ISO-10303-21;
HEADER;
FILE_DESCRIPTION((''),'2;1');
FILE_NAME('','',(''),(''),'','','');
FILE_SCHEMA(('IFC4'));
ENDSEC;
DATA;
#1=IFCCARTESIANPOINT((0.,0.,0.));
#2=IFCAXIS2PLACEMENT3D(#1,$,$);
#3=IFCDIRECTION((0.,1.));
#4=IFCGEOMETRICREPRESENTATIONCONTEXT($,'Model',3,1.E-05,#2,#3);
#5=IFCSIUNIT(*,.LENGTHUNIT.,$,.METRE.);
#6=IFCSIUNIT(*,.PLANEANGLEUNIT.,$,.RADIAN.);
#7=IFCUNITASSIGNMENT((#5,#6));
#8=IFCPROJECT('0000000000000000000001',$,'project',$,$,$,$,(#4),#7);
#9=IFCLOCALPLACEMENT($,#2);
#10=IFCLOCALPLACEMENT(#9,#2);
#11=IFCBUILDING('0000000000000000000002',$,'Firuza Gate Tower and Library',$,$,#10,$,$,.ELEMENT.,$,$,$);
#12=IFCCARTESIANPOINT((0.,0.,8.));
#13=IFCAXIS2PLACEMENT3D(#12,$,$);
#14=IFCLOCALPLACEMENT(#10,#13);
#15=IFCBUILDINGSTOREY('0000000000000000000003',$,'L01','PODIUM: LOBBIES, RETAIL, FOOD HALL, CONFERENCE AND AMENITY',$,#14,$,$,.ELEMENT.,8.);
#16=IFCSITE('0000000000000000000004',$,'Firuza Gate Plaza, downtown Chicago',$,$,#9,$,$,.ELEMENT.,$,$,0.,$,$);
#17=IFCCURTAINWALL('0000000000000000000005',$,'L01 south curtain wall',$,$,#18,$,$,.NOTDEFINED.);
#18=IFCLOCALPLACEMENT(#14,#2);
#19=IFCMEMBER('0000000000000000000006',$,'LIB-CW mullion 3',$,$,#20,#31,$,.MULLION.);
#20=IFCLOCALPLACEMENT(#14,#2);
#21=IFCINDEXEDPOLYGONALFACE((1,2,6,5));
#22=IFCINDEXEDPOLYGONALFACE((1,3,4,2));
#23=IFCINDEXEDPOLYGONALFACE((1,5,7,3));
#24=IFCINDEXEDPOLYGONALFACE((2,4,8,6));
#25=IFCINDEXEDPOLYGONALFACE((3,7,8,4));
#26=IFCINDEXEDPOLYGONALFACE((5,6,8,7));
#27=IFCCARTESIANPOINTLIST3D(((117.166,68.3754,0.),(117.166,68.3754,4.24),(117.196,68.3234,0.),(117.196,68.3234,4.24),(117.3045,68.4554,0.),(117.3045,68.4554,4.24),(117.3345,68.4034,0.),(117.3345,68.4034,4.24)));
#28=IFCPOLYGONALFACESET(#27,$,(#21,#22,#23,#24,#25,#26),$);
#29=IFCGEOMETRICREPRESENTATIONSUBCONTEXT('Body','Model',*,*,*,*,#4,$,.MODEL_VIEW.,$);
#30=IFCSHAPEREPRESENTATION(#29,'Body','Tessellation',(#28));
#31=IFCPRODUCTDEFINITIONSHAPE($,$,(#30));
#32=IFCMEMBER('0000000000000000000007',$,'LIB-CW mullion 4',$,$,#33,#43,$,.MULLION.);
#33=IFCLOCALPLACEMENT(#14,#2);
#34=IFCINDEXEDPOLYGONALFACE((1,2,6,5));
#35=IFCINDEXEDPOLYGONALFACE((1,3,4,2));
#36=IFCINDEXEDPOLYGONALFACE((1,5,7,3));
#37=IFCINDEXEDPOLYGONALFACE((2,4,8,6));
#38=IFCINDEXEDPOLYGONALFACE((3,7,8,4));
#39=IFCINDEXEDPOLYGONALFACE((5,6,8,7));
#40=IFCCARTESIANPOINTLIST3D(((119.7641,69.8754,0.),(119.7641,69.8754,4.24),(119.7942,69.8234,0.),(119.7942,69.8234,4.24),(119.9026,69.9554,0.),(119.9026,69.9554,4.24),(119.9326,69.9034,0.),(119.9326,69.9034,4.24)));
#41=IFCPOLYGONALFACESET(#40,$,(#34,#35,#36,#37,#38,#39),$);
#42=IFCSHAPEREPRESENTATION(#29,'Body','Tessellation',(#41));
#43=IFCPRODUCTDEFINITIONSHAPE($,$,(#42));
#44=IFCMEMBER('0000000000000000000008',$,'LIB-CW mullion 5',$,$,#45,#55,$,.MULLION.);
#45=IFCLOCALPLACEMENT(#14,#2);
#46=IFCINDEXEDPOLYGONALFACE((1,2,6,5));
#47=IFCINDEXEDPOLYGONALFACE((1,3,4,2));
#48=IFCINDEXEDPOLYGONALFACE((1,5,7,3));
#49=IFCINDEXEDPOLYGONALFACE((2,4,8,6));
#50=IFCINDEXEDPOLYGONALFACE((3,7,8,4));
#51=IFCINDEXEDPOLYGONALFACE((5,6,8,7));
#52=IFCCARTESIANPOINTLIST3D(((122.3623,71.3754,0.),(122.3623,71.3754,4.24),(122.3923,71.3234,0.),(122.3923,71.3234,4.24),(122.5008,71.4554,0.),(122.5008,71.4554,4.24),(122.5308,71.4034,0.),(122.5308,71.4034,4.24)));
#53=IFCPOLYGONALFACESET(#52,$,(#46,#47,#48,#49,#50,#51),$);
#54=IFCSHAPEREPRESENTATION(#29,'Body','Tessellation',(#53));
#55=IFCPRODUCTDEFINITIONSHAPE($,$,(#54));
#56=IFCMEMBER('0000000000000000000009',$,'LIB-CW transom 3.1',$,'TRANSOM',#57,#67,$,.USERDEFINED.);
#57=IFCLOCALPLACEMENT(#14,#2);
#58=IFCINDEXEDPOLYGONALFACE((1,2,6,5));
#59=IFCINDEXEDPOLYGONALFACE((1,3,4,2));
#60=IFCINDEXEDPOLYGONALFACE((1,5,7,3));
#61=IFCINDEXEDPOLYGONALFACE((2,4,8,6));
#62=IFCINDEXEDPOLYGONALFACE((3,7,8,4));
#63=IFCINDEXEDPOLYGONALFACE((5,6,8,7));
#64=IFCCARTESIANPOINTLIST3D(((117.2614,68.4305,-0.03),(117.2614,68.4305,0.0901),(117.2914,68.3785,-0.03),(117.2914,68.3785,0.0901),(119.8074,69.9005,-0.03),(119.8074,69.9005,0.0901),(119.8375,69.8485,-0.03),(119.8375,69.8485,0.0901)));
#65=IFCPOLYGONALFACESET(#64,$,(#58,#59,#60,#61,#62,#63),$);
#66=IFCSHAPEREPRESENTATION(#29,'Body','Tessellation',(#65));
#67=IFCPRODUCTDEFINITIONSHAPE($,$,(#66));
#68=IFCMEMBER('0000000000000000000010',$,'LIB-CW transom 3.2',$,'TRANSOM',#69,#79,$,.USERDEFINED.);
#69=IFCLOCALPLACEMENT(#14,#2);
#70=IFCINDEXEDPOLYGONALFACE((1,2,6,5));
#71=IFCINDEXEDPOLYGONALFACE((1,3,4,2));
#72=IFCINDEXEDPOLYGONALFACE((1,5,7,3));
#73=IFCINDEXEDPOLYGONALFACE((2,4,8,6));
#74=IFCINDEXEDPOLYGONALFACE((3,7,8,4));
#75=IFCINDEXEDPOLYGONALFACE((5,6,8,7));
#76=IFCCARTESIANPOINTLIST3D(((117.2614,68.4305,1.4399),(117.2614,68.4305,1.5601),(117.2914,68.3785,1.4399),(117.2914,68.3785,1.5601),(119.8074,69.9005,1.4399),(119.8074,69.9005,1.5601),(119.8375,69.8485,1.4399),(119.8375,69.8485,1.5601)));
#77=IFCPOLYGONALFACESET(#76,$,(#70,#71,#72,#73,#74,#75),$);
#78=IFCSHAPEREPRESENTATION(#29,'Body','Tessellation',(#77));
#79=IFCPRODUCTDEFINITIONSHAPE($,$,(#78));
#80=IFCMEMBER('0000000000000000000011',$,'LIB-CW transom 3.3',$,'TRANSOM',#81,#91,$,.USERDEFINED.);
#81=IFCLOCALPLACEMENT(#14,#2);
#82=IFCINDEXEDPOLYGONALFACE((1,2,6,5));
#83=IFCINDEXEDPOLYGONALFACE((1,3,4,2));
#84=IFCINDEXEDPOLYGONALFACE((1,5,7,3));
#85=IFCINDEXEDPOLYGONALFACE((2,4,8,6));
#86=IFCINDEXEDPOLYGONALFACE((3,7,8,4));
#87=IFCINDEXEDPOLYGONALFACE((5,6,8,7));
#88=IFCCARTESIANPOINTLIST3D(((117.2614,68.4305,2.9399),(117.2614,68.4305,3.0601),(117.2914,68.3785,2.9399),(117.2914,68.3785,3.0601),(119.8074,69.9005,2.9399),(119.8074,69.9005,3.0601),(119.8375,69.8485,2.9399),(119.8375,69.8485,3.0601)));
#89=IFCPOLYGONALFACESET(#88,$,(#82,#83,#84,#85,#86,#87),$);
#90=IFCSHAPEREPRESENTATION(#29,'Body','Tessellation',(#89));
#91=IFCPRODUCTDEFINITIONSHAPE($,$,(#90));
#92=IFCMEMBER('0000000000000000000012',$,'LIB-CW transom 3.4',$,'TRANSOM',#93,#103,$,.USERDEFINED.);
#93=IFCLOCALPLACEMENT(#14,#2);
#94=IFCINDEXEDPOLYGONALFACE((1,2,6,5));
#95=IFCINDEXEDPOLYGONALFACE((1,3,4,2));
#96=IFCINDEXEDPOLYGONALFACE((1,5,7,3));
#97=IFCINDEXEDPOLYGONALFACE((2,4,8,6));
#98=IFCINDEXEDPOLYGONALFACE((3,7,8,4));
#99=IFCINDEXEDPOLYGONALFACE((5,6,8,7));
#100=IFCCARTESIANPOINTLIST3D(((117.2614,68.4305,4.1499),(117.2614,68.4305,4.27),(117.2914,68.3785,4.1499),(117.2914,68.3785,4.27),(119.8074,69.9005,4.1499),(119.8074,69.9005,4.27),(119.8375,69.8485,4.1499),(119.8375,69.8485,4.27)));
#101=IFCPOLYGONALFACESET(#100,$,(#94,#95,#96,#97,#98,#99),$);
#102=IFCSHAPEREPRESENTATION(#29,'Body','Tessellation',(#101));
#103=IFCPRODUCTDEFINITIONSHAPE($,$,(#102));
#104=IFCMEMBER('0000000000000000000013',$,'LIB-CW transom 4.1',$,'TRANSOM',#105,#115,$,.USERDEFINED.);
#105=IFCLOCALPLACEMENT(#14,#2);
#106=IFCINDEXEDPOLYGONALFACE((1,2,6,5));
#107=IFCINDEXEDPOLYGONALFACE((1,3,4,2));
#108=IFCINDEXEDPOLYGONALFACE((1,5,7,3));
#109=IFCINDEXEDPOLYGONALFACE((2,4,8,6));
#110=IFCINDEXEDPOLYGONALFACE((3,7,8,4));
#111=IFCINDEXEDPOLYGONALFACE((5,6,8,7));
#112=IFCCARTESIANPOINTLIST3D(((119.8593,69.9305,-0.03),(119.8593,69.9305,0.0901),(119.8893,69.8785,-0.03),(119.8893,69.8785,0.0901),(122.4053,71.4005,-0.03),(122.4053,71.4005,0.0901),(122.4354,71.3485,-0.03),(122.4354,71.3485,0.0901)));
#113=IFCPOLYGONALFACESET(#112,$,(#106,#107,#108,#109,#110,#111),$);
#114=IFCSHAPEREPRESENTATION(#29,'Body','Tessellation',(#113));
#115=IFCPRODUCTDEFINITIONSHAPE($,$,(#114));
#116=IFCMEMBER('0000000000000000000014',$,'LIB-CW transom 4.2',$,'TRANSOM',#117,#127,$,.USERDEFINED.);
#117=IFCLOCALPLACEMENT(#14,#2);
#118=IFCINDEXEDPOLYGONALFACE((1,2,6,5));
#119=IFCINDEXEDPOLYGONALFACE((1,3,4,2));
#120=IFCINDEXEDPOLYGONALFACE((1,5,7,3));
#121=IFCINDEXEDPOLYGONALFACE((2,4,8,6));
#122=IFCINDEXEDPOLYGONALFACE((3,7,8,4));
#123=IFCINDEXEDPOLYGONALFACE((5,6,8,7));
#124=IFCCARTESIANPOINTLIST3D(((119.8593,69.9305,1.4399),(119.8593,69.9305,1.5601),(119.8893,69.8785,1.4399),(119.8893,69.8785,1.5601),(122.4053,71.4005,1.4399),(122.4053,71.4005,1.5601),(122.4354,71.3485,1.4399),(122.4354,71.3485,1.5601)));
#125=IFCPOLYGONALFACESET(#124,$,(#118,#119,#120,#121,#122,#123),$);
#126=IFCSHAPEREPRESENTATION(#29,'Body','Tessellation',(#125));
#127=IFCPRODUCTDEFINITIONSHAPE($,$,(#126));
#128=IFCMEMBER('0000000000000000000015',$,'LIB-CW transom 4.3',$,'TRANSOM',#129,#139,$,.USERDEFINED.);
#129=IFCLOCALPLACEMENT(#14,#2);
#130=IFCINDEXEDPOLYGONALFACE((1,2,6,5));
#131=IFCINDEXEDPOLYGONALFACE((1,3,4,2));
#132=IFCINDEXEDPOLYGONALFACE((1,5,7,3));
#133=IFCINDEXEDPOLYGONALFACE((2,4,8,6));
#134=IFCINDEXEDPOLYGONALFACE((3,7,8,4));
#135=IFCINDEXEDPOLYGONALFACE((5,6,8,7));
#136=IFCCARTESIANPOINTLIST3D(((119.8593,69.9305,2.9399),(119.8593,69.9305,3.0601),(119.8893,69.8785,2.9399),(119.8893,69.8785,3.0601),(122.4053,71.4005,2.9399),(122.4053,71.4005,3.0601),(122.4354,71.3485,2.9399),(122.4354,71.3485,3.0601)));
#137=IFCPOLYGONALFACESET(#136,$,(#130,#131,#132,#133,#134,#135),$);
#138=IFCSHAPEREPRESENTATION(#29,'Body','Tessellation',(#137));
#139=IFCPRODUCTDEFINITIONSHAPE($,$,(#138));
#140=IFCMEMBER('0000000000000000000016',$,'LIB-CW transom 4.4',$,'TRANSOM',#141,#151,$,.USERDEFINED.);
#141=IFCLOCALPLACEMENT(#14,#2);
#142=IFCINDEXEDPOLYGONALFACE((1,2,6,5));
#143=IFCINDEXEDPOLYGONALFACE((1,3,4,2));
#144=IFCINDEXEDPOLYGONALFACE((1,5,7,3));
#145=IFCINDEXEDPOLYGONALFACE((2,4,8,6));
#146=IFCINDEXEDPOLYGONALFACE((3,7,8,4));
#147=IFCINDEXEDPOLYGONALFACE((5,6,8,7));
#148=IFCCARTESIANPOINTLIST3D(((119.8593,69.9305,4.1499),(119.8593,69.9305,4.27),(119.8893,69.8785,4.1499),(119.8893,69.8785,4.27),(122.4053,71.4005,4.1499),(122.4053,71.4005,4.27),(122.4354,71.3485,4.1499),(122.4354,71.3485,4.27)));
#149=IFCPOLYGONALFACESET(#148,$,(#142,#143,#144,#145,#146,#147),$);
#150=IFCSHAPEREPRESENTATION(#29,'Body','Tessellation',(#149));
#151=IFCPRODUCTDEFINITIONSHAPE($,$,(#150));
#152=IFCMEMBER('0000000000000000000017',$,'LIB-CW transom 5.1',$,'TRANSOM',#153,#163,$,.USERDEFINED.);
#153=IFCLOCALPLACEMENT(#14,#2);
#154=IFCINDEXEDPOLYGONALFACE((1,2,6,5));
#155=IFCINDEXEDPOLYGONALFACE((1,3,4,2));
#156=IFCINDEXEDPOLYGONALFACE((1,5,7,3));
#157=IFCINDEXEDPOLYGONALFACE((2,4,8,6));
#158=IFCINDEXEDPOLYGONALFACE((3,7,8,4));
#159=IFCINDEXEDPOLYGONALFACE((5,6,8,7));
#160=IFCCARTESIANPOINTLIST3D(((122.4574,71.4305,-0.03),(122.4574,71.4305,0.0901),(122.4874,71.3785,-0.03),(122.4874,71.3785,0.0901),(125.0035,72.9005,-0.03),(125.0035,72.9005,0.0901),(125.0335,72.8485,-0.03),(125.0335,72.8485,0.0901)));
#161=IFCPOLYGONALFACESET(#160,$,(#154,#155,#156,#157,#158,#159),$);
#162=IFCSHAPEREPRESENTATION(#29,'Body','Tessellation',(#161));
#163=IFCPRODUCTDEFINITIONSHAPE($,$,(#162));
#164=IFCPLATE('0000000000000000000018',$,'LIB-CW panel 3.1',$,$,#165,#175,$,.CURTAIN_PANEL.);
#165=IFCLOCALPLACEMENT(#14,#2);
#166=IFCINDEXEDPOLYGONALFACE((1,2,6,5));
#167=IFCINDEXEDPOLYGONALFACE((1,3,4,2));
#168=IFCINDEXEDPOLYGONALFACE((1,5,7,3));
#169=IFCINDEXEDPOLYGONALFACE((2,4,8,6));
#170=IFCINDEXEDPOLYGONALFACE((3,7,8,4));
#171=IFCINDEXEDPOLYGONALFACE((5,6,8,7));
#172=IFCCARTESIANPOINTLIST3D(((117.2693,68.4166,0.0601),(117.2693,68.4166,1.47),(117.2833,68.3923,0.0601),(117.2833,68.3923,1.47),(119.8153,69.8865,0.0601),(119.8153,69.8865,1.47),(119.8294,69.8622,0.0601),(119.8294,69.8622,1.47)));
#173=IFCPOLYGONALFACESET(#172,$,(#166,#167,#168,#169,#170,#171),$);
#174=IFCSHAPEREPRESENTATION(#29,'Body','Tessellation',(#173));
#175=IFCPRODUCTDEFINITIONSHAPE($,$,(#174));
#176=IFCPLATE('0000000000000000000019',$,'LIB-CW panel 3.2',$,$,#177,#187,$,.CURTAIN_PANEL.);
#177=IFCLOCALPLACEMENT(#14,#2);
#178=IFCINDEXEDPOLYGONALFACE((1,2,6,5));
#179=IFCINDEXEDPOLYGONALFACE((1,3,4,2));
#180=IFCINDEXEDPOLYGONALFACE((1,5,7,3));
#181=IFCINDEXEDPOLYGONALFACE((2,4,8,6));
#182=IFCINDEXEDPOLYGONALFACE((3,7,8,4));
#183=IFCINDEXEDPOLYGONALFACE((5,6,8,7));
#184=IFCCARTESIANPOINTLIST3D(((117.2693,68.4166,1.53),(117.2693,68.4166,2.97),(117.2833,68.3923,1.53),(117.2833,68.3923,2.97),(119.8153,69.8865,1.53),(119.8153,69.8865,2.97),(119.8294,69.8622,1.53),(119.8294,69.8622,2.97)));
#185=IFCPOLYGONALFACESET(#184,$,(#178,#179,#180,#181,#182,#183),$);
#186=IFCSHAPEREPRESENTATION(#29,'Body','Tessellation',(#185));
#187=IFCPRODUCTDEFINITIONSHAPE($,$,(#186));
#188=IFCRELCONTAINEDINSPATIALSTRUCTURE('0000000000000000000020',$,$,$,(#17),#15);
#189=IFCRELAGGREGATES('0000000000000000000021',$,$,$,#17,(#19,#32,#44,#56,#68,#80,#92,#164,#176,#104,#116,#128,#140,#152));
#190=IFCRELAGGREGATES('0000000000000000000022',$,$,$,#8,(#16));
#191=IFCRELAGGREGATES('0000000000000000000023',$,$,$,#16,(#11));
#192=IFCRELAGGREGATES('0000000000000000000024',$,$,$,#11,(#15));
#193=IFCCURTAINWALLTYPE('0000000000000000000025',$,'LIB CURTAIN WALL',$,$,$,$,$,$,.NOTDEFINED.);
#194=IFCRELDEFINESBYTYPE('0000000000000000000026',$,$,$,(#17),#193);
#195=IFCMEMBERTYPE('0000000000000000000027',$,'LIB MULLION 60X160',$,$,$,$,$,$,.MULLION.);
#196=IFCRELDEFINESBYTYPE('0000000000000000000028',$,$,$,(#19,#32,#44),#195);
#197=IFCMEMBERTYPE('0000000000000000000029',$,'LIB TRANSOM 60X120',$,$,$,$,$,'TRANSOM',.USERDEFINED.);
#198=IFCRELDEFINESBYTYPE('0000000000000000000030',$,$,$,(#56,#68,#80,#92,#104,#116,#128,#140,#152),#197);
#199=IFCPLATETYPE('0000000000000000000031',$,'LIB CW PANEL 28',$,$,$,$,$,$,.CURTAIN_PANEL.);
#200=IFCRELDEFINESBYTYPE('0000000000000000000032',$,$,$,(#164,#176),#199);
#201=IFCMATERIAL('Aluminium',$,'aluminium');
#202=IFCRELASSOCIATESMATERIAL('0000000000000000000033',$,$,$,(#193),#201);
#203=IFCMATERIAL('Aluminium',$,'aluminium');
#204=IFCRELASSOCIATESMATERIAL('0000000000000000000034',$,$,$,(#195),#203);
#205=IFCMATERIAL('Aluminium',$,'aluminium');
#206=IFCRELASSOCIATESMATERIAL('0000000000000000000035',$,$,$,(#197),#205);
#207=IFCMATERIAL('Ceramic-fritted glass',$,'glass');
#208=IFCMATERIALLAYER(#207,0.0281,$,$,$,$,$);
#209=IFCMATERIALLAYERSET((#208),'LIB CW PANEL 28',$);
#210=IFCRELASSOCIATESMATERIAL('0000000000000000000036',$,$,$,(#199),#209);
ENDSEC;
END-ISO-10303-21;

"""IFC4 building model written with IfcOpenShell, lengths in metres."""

from ifc_helpers import new_model, si_unit, direction, frame, origin, origin_2d, place, context, subcontext, project, spatial, rectangle, extrude, material, layer, layer_set, material_profile, profile_set, type_object, element, aggregate, save


model = new_model("IFC4")

# Units and contexts
model_context = context("Model", 3, precision=1e-05, world=origin(), true_north=direction((0.0, 1.0)))
body_context = subcontext(model_context, "Body", "Model", "MODEL_VIEW")
ifc_project = project(units=[si_unit("LENGTHUNIT", "METRE"), si_unit("PLANEANGLEUNIT", "RADIAN")], contexts=[model_context])

# Site, building, storey
site_placement = place(None, origin())
site = spatial("IfcSite", under=ifc_project, at=site_placement, Name="Firuza Gate Plaza, downtown Chicago", CompositionType="ELEMENT", RefElevation=0.0)
building_placement = place(site_placement, origin())
building = spatial("IfcBuilding", under=site, at=building_placement, Name="Firuza Gate Tower and Library", CompositionType="ELEMENT")
storey_placement = place(building_placement, frame((0.0, 0.0, 8.0)))
storey = spatial("IfcBuildingStorey", under=building, at=storey_placement, Name="L01", Description="PODIUM: LOBBIES, RETAIL, FOOD HALL, CONFERENCE AND AMENITY", CompositionType="ELEMENT", Elevation=8.0)

# Curtain wall, members, plates
ifc_material_1 = material(Name="Aluminium", Category="aluminium")
curtain_wall_type = type_object("IfcCurtainWallType", Name="LIB CURTAIN WALL", PredefinedType="NOTDEFINED", material=ifc_material_1)
curtain_wall_placement = place(storey_placement, origin())
curtain_wall = element("IfcCurtainWall", 1, at=curtain_wall_placement, inside=storey, type_object=curtain_wall_type, Name="L01 south curtain wall", PredefinedType="NOTDEFINED")
ifc_material_2 = material(Name="Aluminium", Category="aluminium")
ifc_material_profile_1 = material_profile(ifc_material_2, rectangle(XDim=0.0601, YDim=0.1599, at=origin_2d()))
ifc_profile_set_1 = profile_set([ifc_material_profile_1], Name="Aluminium")
member_type_1 = type_object("IfcMemberType", Name="LIB MULLION 60X160", PredefinedType="MULLION", material=ifc_profile_set_1)
member_1_placement = place(storey_placement, frame((117.2502, 68.3894, 0.0), z_axis=(0.0, 0.0, 1.0), x_axis=(-0.500001, 0.866025, 0.0)))
member_1 = element("IfcMember", 2, at=member_1_placement, type_object=member_type_1, Name="LIB-CW mullion 3", PredefinedType="MULLION", context=body_context, shape_type="SweptSolid", body=[
    extrude(rectangle(XDim=0.0601, YDim=0.1599, at=origin_2d()), origin(), (0.0, 0.0, 1.0), 4.24),
])
member_2_placement = place(storey_placement, frame((119.8484, 69.8894, 0.0), z_axis=(0.0, 0.0, 1.0), x_axis=(-0.500001, 0.866025, 0.0)))
member_2 = element("IfcMember", 3, at=member_2_placement, type_object=member_type_1, Name="LIB-CW mullion 4", PredefinedType="MULLION", context=body_context, shape_type="SweptSolid", body=[
    extrude(rectangle(XDim=0.0601, YDim=0.1599, at=origin_2d()), origin(), (0.0, 0.0, 1.0), 4.24),
])
member_3_placement = place(storey_placement, frame((122.4465, 71.3894, 0.0), z_axis=(0.0, 0.0, 1.0), x_axis=(-0.500001, 0.866025, 0.0)))
member_3 = element("IfcMember", 4, at=member_3_placement, type_object=member_type_1, Name="LIB-CW mullion 5", PredefinedType="MULLION", context=body_context, shape_type="SweptSolid", body=[
    extrude(rectangle(XDim=0.0601, YDim=0.1599, at=origin_2d()), origin(), (0.0, 0.0, 1.0), 4.24),
])
ifc_material_3 = material(Name="Aluminium", Category="aluminium")
ifc_material_profile_2 = material_profile(ifc_material_3, rectangle(XDim=0.0601, YDim=0.1201, at=origin_2d()))
ifc_profile_set_2 = profile_set([ifc_material_profile_2], Name="Aluminium")
member_type_2 = type_object("IfcMemberType", Name="LIB TRANSOM 60X120", ElementType="TRANSOM", PredefinedType="USERDEFINED", material=ifc_profile_set_2)
member_4_placement = place(storey_placement, frame((117.2764, 68.4045, 0.03), z_axis=(0.866032, 0.499988, 0.0), x_axis=(-0.499988, 0.866032, 0.0)))
member_4 = element("IfcMember", 5, at=member_4_placement, type_object=member_type_2, Name="LIB-CW transom 3.1", ObjectType="TRANSOM", PredefinedType="USERDEFINED", context=body_context, shape_type="SweptSolid", body=[
    extrude(rectangle(XDim=0.0601, YDim=0.1201, at=origin_2d()), origin(), (0.0, 0.0, 1.0), 2.9399),
])
member_5_placement = place(storey_placement, frame((117.2764, 68.4045, 1.5), z_axis=(0.866032, 0.499988, 0.0), x_axis=(-0.499988, 0.866032, 0.0)))
member_5 = element("IfcMember", 6, at=member_5_placement, type_object=member_type_2, Name="LIB-CW transom 3.2", ObjectType="TRANSOM", PredefinedType="USERDEFINED", context=body_context, shape_type="SweptSolid", body=[
    extrude(rectangle(XDim=0.0601, YDim=0.1201, at=origin_2d()), origin(), (0.0, 0.0, 1.0), 2.9399),
])
member_6_placement = place(storey_placement, frame((117.2764, 68.4045, 3.0), z_axis=(0.866032, 0.499988, 0.0), x_axis=(-0.499988, 0.866032, 0.0)))
member_6 = element("IfcMember", 7, at=member_6_placement, type_object=member_type_2, Name="LIB-CW transom 3.3", ObjectType="TRANSOM", PredefinedType="USERDEFINED", context=body_context, shape_type="SweptSolid", body=[
    extrude(rectangle(XDim=0.0601, YDim=0.1201, at=origin_2d()), origin(), (0.0, 0.0, 1.0), 2.9399),
])
member_7_placement = place(storey_placement, frame((117.2764, 68.4045, 4.21), z_axis=(0.866032, 0.499988, 0.0), x_axis=(-0.499988, 0.866032, 0.0)))
member_7 = element("IfcMember", 8, at=member_7_placement, type_object=member_type_2, Name="LIB-CW transom 3.4", ObjectType="TRANSOM", PredefinedType="USERDEFINED", context=body_context, shape_type="SweptSolid", body=[
    extrude(rectangle(XDim=0.0601, YDim=0.1201, at=origin_2d()), origin(), (0.0, 0.0, 1.0), 2.9399),
])
member_8_placement = place(storey_placement, frame((119.8743, 69.9045, 0.03), z_axis=(0.866032, 0.499988, 0.0), x_axis=(-0.499988, 0.866032, 0.0)))
member_8 = element("IfcMember", 9, at=member_8_placement, type_object=member_type_2, Name="LIB-CW transom 4.1", ObjectType="TRANSOM", PredefinedType="USERDEFINED", context=body_context, shape_type="SweptSolid", body=[
    extrude(rectangle(XDim=0.0601, YDim=0.1201, at=origin_2d()), origin(), (0.0, 0.0, 1.0), 2.9399),
])
member_9_placement = place(storey_placement, frame((119.8743, 69.9045, 1.5), z_axis=(0.866032, 0.499988, 0.0), x_axis=(-0.499988, 0.866032, 0.0)))
member_9 = element("IfcMember", 10, at=member_9_placement, type_object=member_type_2, Name="LIB-CW transom 4.2", ObjectType="TRANSOM", PredefinedType="USERDEFINED", context=body_context, shape_type="SweptSolid", body=[
    extrude(rectangle(XDim=0.0601, YDim=0.1201, at=origin_2d()), origin(), (0.0, 0.0, 1.0), 2.9399),
])
member_10_placement = place(storey_placement, frame((119.8743, 69.9045, 3.0), z_axis=(0.866032, 0.499988, 0.0), x_axis=(-0.499988, 0.866032, 0.0)))
member_10 = element("IfcMember", 11, at=member_10_placement, type_object=member_type_2, Name="LIB-CW transom 4.3", ObjectType="TRANSOM", PredefinedType="USERDEFINED", context=body_context, shape_type="SweptSolid", body=[
    extrude(rectangle(XDim=0.0601, YDim=0.1201, at=origin_2d()), origin(), (0.0, 0.0, 1.0), 2.9399),
])
member_11_placement = place(storey_placement, frame((119.8743, 69.9045, 4.21), z_axis=(0.866032, 0.499988, 0.0), x_axis=(-0.499988, 0.866032, 0.0)))
member_11 = element("IfcMember", 12, at=member_11_placement, type_object=member_type_2, Name="LIB-CW transom 4.4", ObjectType="TRANSOM", PredefinedType="USERDEFINED", context=body_context, shape_type="SweptSolid", body=[
    extrude(rectangle(XDim=0.0601, YDim=0.1201, at=origin_2d()), origin(), (0.0, 0.0, 1.0), 2.9399),
])
member_12_placement = place(storey_placement, frame((122.4724, 71.4045, 0.03), z_axis=(0.866032, 0.499988, 0.0), x_axis=(-0.499988, 0.866032, 0.0)))
member_12 = element("IfcMember", 13, at=member_12_placement, type_object=member_type_2, Name="LIB-CW transom 5.1", ObjectType="TRANSOM", PredefinedType="USERDEFINED", context=body_context, shape_type="SweptSolid", body=[
    extrude(rectangle(XDim=0.0601, YDim=0.1201, at=origin_2d()), origin(), (0.0, 0.0, 1.0), 2.9399),
])
ifc_material_4 = material(Name="Ceramic-fritted glass", Category="glass")
ifc_layer = layer(ifc_material_4, 0.0281)
ifc_layer_set = layer_set([ifc_layer], Name="LIB CW PANEL 28")
plate_type = type_object("IfcPlateType", Name="LIB CW PANEL 28", PredefinedType="CURTAIN_PANEL", material=ifc_layer_set)
plate_1_placement = place(storey_placement, frame((118.5493, 69.1394, 0.0601), z_axis=(0.0, 0.0, 1.0), x_axis=(0.866025, 0.500001, 0.0)))
plate_1 = element("IfcPlate", 14, at=plate_1_placement, type_object=plate_type, Name="LIB-CW panel 3.1", PredefinedType="CURTAIN_PANEL", context=body_context, shape_type="SweptSolid", body=[
    extrude(rectangle(XDim=2.9399, YDim=0.0281, at=origin_2d()), origin(), (0.0, 0.0, 1.0), 1.4099),
])
plate_2_placement = place(storey_placement, frame((118.5493, 69.1394, 1.53), z_axis=(0.0, 0.0, 1.0), x_axis=(0.866025, 0.500001, 0.0)))
plate_2 = element("IfcPlate", 15, at=plate_2_placement, type_object=plate_type, Name="LIB-CW panel 3.2", PredefinedType="CURTAIN_PANEL", context=body_context, shape_type="SweptSolid", body=[
    extrude(rectangle(XDim=2.9399, YDim=0.0281, at=origin_2d()), origin(), (0.0, 0.0, 1.0), 1.4399),
])
aggregate(curtain_wall, [member_1, member_2, member_3, member_4, member_5, member_6, member_7, plate_1, plate_2, member_8, member_9, member_10, member_11, member_12])

save(model, "model.ifc")
